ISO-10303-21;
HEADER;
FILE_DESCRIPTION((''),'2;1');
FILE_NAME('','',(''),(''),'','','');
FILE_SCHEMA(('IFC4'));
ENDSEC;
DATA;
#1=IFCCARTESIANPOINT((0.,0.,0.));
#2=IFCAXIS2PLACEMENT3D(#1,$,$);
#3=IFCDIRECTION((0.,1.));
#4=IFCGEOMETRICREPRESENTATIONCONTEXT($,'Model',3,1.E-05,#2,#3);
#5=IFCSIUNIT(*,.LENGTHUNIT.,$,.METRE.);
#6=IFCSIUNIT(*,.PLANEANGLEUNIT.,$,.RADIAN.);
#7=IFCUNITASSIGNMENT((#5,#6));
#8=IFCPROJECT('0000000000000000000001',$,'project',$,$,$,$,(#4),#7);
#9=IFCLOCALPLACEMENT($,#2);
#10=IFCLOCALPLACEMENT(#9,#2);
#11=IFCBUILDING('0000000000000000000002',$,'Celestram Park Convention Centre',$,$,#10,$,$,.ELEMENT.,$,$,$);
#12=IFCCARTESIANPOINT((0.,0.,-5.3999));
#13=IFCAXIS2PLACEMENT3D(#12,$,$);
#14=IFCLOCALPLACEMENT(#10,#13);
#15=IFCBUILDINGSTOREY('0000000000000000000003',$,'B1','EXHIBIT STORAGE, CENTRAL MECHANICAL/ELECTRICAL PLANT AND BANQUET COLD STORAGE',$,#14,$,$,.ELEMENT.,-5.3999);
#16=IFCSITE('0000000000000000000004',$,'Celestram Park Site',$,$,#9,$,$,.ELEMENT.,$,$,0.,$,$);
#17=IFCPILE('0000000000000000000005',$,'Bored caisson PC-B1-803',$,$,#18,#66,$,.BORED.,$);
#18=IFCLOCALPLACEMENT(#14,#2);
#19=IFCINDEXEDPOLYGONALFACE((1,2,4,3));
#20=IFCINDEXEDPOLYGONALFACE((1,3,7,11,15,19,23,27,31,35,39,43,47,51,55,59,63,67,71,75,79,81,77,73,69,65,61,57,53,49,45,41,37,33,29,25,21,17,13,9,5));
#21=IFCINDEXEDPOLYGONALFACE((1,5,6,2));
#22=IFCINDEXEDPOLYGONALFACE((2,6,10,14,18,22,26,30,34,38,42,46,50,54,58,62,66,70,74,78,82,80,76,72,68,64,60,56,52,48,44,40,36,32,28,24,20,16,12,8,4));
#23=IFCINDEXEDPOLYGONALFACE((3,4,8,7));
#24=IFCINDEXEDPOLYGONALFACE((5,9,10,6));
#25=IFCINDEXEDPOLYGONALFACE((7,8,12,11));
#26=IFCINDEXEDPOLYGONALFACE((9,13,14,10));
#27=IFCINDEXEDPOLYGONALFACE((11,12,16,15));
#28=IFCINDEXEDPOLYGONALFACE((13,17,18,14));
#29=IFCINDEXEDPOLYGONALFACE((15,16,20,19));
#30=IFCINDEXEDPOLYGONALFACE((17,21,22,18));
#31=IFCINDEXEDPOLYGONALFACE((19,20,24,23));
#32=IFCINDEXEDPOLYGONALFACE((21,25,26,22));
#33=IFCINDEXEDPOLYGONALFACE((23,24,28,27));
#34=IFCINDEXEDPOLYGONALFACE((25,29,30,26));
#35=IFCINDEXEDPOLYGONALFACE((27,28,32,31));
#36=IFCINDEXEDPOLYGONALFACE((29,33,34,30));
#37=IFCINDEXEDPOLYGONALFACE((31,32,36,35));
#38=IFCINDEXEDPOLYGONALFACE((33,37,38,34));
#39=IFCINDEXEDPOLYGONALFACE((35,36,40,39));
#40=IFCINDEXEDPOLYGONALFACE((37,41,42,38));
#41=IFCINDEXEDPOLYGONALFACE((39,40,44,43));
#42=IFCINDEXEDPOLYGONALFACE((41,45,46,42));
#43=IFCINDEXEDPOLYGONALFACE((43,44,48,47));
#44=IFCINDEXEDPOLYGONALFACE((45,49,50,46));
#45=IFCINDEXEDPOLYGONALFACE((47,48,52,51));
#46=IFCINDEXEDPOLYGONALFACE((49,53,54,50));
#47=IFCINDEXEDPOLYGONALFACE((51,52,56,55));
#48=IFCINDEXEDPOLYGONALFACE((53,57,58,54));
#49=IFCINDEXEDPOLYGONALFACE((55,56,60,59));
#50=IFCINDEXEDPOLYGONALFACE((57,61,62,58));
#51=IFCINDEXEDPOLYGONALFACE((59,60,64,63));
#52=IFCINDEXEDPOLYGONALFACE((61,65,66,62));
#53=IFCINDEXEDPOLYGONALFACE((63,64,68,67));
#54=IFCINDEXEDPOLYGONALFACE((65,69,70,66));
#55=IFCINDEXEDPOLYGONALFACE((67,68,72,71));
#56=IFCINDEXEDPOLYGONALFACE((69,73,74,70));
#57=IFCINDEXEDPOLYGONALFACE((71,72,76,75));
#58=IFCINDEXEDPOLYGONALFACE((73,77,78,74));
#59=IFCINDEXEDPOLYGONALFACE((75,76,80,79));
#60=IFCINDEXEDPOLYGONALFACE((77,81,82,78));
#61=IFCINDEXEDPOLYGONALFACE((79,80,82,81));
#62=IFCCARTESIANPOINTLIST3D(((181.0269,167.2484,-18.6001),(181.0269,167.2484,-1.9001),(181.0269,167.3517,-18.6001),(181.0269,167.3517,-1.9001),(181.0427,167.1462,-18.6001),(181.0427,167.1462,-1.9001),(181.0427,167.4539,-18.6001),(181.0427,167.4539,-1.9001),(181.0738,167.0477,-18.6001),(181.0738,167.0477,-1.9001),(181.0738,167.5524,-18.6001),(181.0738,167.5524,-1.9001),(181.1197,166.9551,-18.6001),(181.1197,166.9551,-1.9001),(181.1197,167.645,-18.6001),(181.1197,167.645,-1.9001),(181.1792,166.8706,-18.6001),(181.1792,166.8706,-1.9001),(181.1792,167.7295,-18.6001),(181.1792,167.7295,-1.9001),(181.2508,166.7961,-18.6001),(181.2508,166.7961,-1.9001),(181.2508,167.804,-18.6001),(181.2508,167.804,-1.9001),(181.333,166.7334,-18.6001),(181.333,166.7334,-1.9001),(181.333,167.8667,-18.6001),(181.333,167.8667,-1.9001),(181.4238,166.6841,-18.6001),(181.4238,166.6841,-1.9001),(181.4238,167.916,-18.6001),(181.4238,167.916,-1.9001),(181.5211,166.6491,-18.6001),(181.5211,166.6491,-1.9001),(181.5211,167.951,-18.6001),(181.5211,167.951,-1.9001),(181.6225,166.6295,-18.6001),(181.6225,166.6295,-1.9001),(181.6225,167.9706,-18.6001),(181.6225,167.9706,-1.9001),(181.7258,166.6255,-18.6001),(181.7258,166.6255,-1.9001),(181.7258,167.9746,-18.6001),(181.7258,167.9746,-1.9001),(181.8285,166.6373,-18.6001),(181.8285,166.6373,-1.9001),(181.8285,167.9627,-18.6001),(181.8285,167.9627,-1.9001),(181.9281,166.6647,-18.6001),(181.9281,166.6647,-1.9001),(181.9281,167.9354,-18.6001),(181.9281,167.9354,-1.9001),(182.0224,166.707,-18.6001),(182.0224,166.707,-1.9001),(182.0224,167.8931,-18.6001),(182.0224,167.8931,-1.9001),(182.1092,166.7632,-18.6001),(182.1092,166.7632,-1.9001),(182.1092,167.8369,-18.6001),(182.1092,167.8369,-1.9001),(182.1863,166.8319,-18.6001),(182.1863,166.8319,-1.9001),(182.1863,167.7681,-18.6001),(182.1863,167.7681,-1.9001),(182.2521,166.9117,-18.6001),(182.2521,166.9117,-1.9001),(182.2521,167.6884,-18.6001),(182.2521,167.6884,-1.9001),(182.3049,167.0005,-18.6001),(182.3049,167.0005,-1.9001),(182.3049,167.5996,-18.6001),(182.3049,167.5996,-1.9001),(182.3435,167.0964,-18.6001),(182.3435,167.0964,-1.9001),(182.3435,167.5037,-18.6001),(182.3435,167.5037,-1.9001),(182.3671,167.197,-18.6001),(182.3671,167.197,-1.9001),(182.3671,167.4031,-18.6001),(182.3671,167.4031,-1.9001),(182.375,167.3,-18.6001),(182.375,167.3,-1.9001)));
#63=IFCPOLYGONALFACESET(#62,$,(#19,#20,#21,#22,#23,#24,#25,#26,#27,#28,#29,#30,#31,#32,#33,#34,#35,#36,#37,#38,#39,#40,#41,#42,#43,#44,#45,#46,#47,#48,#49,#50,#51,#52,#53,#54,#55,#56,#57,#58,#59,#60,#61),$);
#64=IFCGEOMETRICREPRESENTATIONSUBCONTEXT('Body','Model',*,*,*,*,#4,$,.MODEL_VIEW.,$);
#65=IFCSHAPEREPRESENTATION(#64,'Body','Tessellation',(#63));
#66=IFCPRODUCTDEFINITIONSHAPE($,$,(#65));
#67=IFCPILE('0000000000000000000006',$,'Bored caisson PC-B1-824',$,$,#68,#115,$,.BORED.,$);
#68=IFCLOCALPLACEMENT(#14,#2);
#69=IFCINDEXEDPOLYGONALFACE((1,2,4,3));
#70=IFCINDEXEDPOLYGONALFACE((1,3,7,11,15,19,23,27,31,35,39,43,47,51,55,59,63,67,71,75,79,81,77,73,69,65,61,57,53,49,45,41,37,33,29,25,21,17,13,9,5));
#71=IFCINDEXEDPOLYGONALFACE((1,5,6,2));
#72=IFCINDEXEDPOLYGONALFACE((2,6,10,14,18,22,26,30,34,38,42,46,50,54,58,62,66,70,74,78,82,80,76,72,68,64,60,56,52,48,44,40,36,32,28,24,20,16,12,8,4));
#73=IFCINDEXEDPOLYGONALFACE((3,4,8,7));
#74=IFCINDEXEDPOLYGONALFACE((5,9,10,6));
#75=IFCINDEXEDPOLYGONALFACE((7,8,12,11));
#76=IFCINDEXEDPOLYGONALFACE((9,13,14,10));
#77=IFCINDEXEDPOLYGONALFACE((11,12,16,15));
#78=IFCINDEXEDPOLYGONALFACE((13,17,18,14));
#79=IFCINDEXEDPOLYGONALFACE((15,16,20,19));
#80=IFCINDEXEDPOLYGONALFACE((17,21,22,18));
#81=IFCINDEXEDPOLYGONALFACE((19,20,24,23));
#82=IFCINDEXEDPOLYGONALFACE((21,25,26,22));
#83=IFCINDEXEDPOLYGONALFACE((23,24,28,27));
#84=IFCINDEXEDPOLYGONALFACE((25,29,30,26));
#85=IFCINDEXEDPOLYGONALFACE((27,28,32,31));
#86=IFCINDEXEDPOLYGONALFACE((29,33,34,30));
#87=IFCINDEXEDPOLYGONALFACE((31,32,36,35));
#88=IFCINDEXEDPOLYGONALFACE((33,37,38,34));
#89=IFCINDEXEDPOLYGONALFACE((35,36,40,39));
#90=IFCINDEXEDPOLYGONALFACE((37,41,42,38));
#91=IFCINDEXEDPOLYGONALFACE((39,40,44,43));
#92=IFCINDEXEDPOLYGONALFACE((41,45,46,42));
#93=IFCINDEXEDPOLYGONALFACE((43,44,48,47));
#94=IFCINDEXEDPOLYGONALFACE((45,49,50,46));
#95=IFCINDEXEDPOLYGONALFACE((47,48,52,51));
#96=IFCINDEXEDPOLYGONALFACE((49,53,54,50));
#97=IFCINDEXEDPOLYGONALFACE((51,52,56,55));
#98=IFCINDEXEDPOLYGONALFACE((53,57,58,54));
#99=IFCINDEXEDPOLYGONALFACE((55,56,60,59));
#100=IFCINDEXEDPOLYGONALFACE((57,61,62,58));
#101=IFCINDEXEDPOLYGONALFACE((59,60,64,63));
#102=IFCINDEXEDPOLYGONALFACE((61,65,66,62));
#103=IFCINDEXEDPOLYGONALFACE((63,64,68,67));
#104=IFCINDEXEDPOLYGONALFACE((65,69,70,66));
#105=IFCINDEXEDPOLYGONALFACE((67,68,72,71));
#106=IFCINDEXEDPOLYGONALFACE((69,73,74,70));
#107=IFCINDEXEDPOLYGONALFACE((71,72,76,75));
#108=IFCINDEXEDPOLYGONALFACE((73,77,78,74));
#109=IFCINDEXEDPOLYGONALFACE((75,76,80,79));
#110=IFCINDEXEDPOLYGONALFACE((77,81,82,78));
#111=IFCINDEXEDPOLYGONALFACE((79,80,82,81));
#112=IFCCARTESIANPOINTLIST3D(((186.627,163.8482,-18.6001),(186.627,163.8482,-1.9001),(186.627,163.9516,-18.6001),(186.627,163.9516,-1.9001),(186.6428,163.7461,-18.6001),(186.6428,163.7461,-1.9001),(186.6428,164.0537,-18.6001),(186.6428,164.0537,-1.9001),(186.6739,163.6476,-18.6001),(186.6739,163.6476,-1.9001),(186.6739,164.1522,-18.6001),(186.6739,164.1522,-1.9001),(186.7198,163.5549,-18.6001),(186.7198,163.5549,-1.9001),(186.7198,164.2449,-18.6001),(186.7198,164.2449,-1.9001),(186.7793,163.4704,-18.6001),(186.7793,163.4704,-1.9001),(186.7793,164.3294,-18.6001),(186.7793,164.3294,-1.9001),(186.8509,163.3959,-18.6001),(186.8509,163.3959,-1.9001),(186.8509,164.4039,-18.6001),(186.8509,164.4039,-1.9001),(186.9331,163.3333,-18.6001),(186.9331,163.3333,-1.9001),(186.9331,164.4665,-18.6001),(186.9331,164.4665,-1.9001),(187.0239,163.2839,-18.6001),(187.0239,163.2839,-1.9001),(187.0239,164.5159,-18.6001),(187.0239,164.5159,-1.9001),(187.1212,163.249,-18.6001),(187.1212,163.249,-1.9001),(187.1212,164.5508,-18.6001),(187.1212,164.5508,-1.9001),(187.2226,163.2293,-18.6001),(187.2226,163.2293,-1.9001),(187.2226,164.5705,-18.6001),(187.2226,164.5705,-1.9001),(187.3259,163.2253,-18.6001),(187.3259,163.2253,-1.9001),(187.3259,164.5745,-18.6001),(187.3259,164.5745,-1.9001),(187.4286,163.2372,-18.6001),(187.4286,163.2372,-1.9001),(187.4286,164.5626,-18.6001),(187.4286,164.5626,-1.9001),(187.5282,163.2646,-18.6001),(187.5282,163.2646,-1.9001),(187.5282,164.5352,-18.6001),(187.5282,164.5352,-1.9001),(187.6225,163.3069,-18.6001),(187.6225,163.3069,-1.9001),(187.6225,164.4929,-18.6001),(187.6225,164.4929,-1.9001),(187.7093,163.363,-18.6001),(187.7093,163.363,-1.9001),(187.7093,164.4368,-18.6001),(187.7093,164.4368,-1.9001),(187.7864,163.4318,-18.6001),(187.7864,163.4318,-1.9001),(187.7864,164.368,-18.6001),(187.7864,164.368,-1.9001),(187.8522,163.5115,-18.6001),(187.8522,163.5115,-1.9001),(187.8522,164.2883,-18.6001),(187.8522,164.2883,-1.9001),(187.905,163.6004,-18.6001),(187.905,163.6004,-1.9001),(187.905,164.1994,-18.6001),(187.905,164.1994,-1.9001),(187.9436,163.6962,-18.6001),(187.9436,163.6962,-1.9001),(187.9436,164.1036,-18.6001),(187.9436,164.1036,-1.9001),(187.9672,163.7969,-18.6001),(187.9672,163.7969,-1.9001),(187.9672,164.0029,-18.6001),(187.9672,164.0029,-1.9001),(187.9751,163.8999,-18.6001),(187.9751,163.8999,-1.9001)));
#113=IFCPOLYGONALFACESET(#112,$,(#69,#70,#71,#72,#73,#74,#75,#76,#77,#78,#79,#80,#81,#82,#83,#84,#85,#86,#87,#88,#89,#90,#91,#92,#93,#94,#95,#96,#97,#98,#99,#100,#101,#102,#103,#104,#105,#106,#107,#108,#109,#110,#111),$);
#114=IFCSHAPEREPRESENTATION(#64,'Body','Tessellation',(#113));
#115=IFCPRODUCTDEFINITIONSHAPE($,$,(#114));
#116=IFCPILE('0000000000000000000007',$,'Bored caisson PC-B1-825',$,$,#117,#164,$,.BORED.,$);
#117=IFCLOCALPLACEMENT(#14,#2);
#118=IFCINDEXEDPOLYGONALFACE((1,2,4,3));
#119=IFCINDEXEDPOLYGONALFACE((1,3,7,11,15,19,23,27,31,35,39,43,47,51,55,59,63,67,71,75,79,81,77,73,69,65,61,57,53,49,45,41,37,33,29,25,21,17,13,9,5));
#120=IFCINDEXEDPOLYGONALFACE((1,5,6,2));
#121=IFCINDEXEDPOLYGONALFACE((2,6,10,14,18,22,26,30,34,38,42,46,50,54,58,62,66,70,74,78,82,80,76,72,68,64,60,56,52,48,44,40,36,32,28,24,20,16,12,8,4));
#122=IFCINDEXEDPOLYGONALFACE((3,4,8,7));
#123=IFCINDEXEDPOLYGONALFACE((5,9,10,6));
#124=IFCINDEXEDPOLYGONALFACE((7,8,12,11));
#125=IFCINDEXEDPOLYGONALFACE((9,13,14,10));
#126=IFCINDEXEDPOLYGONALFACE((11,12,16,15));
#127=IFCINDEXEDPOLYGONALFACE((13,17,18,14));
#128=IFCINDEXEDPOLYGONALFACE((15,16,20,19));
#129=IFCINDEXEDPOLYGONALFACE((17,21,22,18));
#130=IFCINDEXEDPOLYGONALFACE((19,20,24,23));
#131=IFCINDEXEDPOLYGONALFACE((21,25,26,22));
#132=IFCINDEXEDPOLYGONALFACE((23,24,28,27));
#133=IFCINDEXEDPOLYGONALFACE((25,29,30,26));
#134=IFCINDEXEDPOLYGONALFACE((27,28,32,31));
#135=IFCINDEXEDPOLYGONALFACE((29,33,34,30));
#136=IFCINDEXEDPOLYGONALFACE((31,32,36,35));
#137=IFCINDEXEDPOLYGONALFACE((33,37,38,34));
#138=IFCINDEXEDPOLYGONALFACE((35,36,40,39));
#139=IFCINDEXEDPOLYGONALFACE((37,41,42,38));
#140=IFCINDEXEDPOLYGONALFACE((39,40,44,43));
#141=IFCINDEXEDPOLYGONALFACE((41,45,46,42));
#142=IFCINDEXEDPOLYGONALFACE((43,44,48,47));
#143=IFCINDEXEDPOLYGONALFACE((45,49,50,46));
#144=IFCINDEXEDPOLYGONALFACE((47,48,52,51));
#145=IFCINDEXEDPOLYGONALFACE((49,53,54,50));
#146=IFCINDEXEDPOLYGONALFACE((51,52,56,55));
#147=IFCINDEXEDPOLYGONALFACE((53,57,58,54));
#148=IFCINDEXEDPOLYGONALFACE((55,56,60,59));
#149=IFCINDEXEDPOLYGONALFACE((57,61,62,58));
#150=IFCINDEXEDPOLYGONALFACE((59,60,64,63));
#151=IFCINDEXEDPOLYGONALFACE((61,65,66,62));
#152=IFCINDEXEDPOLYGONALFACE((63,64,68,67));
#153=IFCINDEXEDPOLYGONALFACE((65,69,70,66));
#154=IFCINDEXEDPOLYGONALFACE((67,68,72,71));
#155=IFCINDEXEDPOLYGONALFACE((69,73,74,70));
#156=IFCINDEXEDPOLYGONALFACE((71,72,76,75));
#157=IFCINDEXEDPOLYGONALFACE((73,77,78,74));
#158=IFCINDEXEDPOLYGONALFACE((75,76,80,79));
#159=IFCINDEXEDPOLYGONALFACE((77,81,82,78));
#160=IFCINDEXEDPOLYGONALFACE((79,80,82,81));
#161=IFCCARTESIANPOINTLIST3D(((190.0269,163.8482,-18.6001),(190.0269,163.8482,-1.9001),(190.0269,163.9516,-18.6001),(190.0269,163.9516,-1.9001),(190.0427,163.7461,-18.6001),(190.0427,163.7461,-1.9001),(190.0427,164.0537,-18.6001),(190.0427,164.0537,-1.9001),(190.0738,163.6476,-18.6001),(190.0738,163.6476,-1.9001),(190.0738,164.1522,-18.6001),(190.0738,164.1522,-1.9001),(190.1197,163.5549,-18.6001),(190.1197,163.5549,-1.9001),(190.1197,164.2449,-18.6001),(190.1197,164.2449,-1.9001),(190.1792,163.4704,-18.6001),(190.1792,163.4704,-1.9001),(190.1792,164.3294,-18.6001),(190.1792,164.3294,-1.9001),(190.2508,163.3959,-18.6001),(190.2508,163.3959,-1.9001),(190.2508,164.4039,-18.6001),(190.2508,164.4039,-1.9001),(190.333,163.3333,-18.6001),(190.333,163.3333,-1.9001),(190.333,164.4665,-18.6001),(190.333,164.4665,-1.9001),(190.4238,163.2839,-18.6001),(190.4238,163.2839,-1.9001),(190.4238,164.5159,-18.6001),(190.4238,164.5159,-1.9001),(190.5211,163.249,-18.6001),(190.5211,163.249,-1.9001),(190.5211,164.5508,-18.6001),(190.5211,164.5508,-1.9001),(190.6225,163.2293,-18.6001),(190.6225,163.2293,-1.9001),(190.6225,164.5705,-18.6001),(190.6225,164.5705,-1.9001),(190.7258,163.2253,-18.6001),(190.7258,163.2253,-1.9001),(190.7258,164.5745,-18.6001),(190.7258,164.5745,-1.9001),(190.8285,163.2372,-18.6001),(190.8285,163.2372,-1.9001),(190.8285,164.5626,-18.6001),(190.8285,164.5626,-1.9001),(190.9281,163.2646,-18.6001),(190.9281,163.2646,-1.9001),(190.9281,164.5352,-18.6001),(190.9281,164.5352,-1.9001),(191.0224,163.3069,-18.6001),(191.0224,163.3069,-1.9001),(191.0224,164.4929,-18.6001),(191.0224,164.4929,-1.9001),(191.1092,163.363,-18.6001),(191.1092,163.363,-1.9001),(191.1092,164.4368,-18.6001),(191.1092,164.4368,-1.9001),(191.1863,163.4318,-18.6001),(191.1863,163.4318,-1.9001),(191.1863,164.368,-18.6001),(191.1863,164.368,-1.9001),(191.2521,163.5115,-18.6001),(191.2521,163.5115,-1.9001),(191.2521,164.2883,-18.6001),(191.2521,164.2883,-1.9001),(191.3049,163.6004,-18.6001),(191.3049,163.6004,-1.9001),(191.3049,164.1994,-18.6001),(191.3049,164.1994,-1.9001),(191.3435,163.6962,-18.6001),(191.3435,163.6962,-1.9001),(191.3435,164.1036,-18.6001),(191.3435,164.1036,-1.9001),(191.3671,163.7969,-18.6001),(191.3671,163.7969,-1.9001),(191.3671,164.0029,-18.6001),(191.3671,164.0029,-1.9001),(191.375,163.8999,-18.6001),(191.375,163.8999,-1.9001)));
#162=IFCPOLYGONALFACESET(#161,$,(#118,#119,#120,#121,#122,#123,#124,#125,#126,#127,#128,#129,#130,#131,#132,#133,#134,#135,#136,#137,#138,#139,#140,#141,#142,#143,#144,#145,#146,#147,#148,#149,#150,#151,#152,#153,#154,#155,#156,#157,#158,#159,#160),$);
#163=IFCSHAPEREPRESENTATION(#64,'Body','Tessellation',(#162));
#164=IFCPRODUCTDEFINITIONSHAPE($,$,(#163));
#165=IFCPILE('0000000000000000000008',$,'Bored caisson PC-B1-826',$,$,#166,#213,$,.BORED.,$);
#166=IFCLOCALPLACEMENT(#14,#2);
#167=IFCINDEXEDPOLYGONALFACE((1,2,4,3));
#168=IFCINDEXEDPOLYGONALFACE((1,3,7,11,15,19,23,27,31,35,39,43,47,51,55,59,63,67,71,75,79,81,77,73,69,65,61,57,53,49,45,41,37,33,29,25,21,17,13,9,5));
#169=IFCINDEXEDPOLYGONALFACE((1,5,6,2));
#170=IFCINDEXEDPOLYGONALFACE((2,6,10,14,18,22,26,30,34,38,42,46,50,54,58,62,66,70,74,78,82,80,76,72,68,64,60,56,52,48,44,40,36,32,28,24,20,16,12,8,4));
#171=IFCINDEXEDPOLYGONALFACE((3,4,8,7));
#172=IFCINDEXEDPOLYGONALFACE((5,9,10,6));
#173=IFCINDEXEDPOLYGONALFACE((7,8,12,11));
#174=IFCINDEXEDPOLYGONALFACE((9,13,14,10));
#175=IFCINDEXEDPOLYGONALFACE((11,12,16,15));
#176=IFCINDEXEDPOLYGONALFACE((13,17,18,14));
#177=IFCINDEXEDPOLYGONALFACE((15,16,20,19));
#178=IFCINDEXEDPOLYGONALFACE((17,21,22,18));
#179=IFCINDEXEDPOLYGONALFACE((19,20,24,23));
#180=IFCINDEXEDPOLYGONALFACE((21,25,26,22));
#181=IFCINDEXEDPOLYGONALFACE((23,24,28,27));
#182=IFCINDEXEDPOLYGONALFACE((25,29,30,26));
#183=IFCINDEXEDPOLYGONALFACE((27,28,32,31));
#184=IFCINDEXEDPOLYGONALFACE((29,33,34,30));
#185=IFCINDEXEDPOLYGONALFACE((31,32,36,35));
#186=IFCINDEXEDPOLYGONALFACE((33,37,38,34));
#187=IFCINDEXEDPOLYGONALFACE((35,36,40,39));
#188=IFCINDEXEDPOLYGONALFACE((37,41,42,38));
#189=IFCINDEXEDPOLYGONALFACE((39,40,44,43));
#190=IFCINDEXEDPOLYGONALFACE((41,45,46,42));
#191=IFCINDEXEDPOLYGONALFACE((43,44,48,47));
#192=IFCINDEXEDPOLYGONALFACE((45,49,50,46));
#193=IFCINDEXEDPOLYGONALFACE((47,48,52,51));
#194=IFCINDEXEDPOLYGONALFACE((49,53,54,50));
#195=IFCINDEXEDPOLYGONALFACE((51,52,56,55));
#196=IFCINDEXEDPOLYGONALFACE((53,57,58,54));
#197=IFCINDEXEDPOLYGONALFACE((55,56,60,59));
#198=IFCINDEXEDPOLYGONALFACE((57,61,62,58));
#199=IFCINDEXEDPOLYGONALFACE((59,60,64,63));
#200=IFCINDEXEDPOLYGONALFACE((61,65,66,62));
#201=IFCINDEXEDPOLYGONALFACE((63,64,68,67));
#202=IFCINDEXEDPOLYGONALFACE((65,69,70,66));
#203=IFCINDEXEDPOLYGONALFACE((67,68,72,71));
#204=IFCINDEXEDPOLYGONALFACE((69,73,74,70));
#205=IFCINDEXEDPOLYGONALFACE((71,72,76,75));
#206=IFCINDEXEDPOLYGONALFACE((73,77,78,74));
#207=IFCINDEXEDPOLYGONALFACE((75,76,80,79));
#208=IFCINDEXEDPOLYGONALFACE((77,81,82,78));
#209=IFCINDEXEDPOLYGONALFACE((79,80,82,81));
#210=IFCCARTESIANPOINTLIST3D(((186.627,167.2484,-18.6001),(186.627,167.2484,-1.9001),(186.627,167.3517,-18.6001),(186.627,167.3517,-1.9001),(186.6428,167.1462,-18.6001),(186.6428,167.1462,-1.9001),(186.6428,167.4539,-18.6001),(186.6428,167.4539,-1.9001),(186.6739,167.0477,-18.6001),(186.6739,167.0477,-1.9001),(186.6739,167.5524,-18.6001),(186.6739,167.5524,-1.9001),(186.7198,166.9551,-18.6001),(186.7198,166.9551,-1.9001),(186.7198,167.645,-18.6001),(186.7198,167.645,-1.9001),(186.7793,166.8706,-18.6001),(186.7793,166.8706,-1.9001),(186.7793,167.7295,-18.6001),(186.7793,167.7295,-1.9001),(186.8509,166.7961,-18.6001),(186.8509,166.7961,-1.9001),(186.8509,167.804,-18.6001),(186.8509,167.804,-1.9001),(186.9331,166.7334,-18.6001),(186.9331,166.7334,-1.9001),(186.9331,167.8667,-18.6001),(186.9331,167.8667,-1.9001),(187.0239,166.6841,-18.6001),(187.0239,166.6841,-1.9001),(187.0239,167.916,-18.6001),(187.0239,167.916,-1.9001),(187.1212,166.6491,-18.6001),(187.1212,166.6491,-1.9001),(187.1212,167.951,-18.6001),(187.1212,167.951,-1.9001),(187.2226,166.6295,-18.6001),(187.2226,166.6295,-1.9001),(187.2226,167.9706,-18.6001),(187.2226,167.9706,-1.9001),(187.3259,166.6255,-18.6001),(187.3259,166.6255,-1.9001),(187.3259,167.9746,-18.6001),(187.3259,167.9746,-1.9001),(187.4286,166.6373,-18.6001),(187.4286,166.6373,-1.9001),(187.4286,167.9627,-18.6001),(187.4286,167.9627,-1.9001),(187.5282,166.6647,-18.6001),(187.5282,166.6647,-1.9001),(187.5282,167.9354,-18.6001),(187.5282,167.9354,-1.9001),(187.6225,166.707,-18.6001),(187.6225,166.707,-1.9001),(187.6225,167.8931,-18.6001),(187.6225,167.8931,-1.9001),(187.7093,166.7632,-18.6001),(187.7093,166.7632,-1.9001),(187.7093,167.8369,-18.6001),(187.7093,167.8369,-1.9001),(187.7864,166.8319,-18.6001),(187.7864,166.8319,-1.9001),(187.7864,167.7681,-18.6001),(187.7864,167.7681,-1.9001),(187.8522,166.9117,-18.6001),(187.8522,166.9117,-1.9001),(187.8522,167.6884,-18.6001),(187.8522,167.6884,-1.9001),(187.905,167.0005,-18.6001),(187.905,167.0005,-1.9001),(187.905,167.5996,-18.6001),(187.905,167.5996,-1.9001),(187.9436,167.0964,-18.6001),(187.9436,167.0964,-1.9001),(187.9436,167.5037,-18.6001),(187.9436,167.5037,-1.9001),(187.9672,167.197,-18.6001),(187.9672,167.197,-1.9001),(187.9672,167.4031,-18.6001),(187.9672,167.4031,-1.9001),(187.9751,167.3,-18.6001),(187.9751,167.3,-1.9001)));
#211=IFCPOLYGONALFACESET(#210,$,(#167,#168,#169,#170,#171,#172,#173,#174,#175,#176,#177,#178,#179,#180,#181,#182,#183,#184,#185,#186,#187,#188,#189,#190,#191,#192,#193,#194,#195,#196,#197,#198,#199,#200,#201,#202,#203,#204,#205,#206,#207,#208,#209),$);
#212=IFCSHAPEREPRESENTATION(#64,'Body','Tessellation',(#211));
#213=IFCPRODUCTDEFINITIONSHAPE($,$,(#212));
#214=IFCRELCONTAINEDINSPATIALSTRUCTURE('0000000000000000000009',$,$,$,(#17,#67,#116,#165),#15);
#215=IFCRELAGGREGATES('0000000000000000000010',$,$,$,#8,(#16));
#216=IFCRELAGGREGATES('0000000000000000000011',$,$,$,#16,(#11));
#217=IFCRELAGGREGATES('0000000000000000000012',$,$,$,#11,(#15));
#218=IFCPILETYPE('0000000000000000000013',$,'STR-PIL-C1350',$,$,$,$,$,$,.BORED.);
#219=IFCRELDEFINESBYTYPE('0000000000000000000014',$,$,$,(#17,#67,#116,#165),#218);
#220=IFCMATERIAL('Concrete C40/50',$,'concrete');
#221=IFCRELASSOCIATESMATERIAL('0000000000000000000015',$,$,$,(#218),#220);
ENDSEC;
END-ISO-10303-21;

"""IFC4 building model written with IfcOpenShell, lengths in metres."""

from ifc_helpers import new_model, si_unit, direction, frame, origin, origin_2d, place, context, subcontext, project, spatial, circle, extrude, material, material_profile, profile_set, type_object, element, save


model = new_model("IFC4")

# Units and contexts
model_context = context("Model", 3, precision=1e-05, world=origin(), true_north=direction((0.0, 1.0)))
body_context = subcontext(model_context, "Body", "Model", "MODEL_VIEW")
ifc_project = project(units=[si_unit("LENGTHUNIT", "METRE"), si_unit("PLANEANGLEUNIT", "RADIAN")], contexts=[model_context])

# Site, building, storey
site_placement = place(None, origin())
site = spatial("IfcSite", under=ifc_project, at=site_placement, Name="Celestram Park Site", CompositionType="ELEMENT", RefElevation=0.0)
building_placement = place(site_placement, origin())
building = spatial("IfcBuilding", under=site, at=building_placement, Name="Celestram Park Convention Centre", CompositionType="ELEMENT")
storey_placement = place(building_placement, frame((0.0, 0.0, -5.3999)))
storey = spatial("IfcBuildingStorey", under=building, at=storey_placement, Name="B1", Description="EXHIBIT STORAGE, CENTRAL MECHANICAL/ELECTRICAL PLANT AND BANQUET COLD STORAGE", CompositionType="ELEMENT", Elevation=-5.3999)

# Shared definitions
ifc_material_1 = material(Name="Concrete C40/50", Category="concrete")

# Piles
ifc_material_profile_1 = material_profile(ifc_material_1, circle(Radius=0.675, at=origin_2d()), Name="CAISSON1350")
ifc_profile_set_1 = profile_set([ifc_material_profile_1], Name="Concrete C40/50")
pile_type_1 = type_object("IfcPileType", Name="STR-PIL-C1350", PredefinedType="BORED", material=ifc_profile_set_1)
for number, where, z_axis, x_axis, name in (
    (1, (181.7, 167.3, -1.9001), (0.0, 0.0, -1.0), (1.0, 0.0, 0.0), "Bored caisson PC-B1-803"),
    (2, (187.3, 163.8999, -1.9001), (0.0, 0.0, -1.0), (1.0, 0.0, 0.0), "Bored caisson PC-B1-824"),
    (3, (190.7, 163.8999, -1.9001), (0.0, 0.0, -1.0), (1.0, 0.0, 0.0), "Bored caisson PC-B1-825"),
    (4, (187.3, 167.3, -1.9001), (0.0, 0.0, -1.0), (1.0, 0.0, 0.0), "Bored caisson PC-B1-826"),
):
    element("IfcPile", number, at=place(storey_placement, frame(where, z_axis=z_axis, x_axis=x_axis)), inside=storey, type_object=pile_type_1, Name=name, PredefinedType="BORED", context=body_context, shape_type="SweptSolid", body=[
        extrude(circle(Radius=0.675, at=origin_2d()), origin(), (0.0, 0.0, 1.0), 16.7),
    ])

save(model, "model.ifc")
